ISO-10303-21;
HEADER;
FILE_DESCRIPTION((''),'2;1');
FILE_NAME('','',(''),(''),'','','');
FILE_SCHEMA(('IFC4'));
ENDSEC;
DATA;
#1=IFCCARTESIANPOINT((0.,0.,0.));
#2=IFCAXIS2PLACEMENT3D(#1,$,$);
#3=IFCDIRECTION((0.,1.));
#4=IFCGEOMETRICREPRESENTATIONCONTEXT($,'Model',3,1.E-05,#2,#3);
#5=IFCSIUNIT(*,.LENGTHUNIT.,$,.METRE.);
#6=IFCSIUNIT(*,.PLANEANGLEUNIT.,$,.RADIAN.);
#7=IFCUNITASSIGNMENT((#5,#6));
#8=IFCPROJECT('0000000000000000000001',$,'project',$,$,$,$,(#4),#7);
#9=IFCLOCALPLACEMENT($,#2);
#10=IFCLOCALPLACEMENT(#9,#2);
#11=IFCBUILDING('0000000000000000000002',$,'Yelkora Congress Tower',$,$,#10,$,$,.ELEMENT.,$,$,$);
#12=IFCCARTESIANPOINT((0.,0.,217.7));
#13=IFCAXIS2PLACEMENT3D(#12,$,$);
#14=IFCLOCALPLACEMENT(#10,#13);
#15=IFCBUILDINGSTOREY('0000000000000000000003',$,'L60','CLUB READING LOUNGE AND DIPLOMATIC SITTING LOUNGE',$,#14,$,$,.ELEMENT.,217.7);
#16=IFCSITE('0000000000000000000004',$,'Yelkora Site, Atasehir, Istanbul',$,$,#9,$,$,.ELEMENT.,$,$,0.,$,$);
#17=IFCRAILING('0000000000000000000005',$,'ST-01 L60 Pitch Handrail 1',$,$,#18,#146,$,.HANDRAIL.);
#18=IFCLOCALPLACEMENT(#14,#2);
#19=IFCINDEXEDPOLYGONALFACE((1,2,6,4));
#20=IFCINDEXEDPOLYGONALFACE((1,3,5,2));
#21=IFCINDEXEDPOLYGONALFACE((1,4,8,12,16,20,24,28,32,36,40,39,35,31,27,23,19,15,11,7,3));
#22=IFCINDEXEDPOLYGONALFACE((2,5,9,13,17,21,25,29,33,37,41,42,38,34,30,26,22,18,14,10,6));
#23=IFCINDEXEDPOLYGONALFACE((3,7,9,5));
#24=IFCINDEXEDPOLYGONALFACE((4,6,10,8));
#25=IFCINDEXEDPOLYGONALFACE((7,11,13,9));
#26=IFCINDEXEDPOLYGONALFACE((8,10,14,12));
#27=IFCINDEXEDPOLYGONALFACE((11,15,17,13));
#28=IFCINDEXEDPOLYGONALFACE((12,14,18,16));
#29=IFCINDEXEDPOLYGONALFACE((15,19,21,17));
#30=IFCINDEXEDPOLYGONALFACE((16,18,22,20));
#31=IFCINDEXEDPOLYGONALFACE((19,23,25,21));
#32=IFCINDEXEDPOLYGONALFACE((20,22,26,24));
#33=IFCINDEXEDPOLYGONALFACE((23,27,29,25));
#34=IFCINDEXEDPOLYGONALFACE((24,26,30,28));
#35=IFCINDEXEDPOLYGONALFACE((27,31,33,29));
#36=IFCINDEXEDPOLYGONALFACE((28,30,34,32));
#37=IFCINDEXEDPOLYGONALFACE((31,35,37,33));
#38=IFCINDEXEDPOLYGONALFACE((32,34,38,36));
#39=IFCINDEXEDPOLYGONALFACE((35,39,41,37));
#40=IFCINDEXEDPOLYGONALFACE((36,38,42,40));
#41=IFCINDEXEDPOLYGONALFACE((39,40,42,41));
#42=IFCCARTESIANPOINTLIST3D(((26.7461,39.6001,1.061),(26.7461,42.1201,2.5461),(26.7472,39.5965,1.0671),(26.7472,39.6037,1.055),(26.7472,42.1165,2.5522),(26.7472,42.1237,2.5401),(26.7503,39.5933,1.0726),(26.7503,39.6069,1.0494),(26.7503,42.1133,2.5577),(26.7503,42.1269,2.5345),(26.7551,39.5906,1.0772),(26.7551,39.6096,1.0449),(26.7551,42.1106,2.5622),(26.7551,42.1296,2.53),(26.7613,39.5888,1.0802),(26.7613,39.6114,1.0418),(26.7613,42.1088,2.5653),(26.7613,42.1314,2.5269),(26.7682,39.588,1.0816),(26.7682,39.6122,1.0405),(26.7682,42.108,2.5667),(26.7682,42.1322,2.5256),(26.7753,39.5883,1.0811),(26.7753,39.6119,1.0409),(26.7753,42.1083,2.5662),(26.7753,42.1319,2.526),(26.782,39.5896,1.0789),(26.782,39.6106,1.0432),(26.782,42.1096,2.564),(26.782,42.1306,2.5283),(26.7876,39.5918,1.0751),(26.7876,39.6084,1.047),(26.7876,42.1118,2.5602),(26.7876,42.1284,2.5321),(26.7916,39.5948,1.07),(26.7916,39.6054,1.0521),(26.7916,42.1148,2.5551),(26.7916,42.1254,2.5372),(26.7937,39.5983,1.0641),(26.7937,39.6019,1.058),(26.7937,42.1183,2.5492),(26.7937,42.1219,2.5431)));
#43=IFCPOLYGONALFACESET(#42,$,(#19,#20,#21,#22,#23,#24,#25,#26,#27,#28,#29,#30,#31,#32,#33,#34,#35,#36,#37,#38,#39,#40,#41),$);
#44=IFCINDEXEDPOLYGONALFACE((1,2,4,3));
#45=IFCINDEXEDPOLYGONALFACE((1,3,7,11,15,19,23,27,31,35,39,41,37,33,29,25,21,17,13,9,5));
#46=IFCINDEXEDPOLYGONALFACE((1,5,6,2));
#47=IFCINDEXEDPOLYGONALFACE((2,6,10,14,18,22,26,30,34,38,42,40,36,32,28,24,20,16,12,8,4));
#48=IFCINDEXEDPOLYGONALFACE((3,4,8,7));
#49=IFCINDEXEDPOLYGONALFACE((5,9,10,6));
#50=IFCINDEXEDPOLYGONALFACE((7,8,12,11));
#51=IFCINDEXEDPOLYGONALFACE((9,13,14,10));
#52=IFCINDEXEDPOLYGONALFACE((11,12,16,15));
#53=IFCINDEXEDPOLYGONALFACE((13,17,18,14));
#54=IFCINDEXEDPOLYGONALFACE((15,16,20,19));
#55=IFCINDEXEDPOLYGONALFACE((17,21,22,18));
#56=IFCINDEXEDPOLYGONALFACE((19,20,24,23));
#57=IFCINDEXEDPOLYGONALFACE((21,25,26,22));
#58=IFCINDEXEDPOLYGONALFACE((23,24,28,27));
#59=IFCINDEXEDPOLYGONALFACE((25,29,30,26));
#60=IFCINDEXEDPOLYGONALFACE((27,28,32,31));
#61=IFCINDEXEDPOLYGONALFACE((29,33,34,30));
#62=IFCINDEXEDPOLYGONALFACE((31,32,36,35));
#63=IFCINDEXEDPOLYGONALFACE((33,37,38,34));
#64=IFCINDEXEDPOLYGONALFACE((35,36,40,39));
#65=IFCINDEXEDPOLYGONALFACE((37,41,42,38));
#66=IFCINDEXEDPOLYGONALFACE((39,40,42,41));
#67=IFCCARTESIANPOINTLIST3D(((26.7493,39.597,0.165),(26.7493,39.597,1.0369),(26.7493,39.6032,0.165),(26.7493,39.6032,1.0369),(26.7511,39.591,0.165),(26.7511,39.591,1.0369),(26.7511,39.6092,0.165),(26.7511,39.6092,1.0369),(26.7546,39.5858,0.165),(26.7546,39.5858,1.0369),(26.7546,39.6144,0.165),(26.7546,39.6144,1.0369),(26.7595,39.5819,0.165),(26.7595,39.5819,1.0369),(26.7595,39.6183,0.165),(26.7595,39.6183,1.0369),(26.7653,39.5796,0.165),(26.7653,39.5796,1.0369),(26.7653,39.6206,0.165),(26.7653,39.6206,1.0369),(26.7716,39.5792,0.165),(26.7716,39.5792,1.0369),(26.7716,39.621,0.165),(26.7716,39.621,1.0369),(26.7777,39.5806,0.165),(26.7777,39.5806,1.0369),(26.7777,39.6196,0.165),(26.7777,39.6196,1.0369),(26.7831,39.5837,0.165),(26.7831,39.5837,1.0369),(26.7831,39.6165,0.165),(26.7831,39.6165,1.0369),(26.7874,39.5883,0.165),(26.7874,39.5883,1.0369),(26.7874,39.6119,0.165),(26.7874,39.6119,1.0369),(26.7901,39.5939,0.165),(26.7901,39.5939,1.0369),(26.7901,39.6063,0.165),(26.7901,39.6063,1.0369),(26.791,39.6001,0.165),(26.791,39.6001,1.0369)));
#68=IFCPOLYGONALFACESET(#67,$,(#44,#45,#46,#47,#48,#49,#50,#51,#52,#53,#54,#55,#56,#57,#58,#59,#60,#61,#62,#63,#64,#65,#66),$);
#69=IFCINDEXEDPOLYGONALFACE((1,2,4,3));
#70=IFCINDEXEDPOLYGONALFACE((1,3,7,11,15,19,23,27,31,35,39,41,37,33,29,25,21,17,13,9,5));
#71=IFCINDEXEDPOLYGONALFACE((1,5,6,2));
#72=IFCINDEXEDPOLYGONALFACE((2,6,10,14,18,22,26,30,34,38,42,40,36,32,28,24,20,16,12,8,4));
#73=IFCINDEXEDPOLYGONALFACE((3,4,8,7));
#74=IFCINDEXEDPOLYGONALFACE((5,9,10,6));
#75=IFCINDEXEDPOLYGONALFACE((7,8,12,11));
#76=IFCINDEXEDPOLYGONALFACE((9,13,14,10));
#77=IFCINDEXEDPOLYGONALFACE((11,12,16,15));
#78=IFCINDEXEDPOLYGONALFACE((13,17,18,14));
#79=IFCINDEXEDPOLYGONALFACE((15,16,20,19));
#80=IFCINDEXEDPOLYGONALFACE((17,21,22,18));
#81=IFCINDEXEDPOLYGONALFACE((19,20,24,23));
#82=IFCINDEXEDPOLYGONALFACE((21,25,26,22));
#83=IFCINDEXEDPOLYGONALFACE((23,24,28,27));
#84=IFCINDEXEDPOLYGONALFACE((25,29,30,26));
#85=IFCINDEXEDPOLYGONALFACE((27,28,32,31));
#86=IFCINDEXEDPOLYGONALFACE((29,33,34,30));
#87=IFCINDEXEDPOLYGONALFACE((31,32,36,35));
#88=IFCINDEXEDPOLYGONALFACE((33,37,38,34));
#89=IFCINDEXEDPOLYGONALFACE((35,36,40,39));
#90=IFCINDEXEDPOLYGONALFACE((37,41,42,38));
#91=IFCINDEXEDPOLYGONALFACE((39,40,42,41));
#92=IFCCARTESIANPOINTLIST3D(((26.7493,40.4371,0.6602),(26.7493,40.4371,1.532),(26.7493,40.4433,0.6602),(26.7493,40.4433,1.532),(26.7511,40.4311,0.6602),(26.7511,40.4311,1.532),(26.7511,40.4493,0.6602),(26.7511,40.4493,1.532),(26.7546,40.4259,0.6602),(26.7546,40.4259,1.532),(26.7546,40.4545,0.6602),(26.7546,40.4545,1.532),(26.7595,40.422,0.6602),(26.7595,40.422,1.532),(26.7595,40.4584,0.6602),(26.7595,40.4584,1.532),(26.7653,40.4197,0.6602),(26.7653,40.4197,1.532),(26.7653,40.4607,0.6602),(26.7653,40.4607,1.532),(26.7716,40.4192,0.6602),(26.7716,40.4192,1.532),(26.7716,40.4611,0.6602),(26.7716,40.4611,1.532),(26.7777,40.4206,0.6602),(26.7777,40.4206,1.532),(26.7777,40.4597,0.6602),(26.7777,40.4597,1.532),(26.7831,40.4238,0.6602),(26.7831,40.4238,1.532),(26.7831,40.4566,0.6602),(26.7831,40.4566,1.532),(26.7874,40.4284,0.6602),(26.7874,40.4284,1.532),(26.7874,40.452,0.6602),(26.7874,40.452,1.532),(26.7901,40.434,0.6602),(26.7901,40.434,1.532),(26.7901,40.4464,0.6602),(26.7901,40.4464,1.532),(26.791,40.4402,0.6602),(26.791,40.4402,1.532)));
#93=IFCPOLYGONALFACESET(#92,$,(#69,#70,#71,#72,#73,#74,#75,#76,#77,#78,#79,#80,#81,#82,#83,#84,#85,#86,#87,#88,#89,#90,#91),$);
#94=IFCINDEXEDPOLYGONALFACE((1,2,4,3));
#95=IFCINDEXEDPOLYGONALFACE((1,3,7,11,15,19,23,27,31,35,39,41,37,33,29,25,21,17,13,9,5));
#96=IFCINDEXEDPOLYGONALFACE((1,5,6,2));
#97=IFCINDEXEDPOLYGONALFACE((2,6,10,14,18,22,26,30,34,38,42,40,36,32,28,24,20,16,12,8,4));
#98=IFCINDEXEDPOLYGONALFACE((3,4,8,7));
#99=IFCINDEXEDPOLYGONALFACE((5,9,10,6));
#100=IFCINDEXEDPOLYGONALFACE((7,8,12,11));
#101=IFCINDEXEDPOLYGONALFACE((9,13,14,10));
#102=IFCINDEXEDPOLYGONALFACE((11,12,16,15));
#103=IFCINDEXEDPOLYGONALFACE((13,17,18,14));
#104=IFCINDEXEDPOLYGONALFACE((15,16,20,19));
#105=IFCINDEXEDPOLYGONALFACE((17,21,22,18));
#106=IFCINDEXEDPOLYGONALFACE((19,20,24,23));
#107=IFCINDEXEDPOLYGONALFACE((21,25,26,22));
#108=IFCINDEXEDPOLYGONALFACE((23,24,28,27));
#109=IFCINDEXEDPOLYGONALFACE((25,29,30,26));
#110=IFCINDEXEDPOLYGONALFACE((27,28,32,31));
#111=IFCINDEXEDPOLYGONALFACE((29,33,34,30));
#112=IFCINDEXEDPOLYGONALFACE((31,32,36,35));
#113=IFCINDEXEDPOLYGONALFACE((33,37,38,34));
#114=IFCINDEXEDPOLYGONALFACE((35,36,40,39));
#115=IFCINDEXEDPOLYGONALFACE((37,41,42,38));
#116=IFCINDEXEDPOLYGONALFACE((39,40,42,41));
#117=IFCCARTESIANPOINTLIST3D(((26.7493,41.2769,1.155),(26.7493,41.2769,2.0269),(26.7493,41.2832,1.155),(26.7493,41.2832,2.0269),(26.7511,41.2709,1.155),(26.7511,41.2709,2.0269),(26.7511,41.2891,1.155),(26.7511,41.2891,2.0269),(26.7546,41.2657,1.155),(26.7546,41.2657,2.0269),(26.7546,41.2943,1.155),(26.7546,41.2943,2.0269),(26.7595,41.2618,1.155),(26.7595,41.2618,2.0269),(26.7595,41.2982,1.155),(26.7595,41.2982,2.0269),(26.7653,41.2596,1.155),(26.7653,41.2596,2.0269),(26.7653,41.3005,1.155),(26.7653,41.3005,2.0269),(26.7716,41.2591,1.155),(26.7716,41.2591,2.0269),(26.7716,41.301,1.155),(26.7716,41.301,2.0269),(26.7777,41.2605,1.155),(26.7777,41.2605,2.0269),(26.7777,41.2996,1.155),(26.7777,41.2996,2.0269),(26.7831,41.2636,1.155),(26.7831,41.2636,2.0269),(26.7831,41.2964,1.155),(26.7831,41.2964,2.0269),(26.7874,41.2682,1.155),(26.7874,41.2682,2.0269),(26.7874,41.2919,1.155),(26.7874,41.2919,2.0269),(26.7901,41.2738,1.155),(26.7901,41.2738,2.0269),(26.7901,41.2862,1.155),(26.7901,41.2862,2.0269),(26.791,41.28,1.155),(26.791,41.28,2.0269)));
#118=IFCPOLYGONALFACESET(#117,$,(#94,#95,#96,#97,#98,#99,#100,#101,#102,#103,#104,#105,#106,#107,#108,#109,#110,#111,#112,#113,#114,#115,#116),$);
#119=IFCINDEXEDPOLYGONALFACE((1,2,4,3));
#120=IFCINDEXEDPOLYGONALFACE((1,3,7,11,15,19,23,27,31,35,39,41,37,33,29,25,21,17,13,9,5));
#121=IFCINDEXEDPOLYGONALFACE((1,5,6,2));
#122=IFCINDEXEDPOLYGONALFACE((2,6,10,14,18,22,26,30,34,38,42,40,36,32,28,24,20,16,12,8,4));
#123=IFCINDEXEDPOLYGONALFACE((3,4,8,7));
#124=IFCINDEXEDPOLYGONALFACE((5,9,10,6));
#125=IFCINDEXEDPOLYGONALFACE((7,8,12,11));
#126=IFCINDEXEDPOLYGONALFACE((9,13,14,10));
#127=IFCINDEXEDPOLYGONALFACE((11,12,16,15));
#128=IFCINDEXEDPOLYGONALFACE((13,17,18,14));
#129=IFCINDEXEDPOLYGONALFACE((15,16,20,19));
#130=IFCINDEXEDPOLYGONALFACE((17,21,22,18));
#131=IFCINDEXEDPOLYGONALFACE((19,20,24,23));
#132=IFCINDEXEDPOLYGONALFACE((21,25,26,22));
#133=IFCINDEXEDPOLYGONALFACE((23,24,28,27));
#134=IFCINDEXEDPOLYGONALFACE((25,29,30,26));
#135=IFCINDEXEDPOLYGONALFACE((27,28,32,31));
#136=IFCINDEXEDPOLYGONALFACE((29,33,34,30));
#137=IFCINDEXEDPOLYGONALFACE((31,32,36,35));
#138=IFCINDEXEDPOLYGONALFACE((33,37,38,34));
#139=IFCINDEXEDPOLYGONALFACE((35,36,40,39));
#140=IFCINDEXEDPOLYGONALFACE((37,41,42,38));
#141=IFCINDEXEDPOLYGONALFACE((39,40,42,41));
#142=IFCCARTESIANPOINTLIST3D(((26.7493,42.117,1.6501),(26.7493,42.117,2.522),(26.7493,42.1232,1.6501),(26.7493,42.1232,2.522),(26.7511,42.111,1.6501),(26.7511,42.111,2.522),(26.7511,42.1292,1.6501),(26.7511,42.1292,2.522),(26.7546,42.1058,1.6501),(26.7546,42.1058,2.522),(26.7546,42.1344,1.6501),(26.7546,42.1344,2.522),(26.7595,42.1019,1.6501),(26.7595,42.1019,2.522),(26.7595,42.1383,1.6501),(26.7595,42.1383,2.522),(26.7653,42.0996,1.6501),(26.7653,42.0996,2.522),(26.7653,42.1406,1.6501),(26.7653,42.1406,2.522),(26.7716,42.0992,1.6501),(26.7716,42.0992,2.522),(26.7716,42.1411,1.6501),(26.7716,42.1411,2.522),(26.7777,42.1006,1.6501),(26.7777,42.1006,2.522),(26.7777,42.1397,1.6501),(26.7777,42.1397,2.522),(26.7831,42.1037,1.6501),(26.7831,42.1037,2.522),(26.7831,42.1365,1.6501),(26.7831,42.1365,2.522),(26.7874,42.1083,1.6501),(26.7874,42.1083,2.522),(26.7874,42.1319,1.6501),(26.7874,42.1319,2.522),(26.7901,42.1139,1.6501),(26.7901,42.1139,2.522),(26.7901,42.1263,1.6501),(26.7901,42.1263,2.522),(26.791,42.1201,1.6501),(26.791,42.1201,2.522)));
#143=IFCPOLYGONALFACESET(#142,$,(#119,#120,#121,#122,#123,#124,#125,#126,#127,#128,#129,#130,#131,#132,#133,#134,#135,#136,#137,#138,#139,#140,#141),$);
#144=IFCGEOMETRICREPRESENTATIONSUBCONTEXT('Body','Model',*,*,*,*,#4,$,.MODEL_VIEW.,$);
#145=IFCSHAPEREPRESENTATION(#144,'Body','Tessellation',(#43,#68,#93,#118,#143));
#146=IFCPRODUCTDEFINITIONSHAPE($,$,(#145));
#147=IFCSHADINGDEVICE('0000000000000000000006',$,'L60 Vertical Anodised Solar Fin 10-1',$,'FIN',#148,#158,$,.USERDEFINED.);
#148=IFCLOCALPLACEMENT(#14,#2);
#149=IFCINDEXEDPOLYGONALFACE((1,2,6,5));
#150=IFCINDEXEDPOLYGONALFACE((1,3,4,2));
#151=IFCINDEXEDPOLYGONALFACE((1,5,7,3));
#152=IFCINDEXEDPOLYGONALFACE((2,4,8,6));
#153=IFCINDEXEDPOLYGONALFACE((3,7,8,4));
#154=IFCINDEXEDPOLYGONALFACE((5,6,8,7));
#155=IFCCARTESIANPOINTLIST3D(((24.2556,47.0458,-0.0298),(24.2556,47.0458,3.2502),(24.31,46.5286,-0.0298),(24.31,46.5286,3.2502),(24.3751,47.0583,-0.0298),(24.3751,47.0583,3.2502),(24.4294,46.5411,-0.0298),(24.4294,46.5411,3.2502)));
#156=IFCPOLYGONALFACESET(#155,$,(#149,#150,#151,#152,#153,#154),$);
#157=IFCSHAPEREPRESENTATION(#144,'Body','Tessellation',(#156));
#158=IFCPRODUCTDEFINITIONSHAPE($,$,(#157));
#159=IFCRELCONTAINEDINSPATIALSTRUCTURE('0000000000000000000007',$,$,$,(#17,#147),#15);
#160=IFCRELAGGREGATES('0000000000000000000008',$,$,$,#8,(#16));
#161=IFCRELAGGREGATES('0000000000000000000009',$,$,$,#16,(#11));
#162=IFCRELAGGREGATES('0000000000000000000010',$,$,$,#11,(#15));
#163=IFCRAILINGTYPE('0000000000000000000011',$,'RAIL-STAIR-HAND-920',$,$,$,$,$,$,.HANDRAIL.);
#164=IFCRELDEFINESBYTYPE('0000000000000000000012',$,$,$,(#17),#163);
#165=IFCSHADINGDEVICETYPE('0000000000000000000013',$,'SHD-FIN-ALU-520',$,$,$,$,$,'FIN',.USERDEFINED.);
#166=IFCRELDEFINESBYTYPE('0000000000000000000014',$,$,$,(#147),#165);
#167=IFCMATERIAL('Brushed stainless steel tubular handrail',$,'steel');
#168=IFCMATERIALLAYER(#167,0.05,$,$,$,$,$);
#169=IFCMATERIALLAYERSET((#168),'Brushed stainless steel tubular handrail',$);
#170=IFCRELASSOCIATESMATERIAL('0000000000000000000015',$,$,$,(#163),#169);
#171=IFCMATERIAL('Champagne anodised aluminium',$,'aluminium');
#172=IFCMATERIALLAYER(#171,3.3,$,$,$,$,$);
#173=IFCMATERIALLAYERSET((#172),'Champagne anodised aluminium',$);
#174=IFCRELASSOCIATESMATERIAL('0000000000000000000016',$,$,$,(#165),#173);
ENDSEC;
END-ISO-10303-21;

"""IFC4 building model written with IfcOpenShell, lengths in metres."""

from ifc_helpers import new_model, si_unit, direction, frame, origin, origin_2d, place, context, subcontext, project, spatial, rectangle, circle, extrude, material, layer, layer_set, type_object, element, save


model = new_model("IFC4")

# Units and contexts
model_context = context("Model", 3, precision=1e-05, world=origin(), true_north=direction((0.0, 1.0)))
body_context = subcontext(model_context, "Body", "Model", "MODEL_VIEW")
ifc_project = project(units=[si_unit("LENGTHUNIT", "METRE"), si_unit("PLANEANGLEUNIT", "RADIAN")], contexts=[model_context])

# Site, building, storey
site_placement = place(None, origin())
site = spatial("IfcSite", under=ifc_project, at=site_placement, Name="Yelkora Site, Atasehir, Istanbul", CompositionType="ELEMENT", RefElevation=0.0)
building_placement = place(site_placement, origin())
building = spatial("IfcBuilding", under=site, at=building_placement, Name="Yelkora Congress Tower", CompositionType="ELEMENT")
storey_placement = place(building_placement, frame((0.0, 0.0, 217.7)))
storey = spatial("IfcBuildingStorey", under=building, at=storey_placement, Name="L60", Description="CLUB READING LOUNGE AND DIPLOMATIC SITTING LOUNGE", CompositionType="ELEMENT", Elevation=217.7)

# Railing
ifc_material_1 = material(Name="Brushed stainless steel tubular handrail", Category="steel")
ifc_layer_1 = layer(ifc_material_1, 0.05)
ifc_layer_set_1 = layer_set([ifc_layer_1], Name="Brushed stainless steel tubular handrail")
railing_type_1 = type_object("IfcRailingType", Name="RAIL-STAIR-HAND-920", PredefinedType="HANDRAIL", material=ifc_layer_set_1)
railing_1_placement = place(storey_placement, frame((26.77, 39.6001, 0.165)))
element("IfcRailing", 1, at=railing_1_placement, inside=storey, type_object=railing_type_1, Name="ST-01 L60 Pitch Handrail 1", PredefinedType="HANDRAIL", context=body_context, shape_type="SweptSolid", body=[
    extrude(circle(Radius=0.0239, at=origin_2d()), frame((0.0, 0.0, 0.896), z_axis=(0.0, 0.861524, 0.507717), x_axis=(-1.0, 0.0, 0.0)), (0.0, 0.0, 1.0), 2.925),
    extrude(circle(Radius=0.021, at=origin_2d()), origin(), (0.0, 0.0, 1.0), 0.8718),
    extrude(circle(Radius=0.021, at=origin_2d()), frame((0.0, 0.8401, 0.4951)), (0.0, 0.0, 1.0), 0.8718),
    extrude(circle(Radius=0.021, at=origin_2d()), frame((0.0, 1.6799, 0.99)), (0.0, 0.0, 1.0), 0.8718),
    extrude(circle(Radius=0.021, at=origin_2d()), frame((0.0, 2.52, 1.4851)), (0.0, 0.0, 1.0), 0.8718),
])

# Shading device
ifc_material_2 = material(Name="Champagne anodised aluminium", Category="aluminium")
ifc_layer_2 = layer(ifc_material_2, 3.3)
ifc_layer_set_2 = layer_set([ifc_layer_2], Name="Champagne anodised aluminium")
shading_device_type = type_object("IfcShadingDeviceType", Name="SHD-FIN-ALU-520", ElementType="FIN", PredefinedType="USERDEFINED", material=ifc_layer_set_2)
shading_device_placement = place(storey_placement, frame((24.3425, 46.7935, -0.0298), z_axis=(0.0, 0.0, 1.0), x_axis=(0.994522, 0.104528, 0.0)))
element("IfcShadingDevice", 2, at=shading_device_placement, inside=storey, type_object=shading_device_type, Name="L60 Vertical Anodised Solar Fin 10-1", ObjectType="FIN", PredefinedType="USERDEFINED", context=body_context, shape_type="SweptSolid", body=[
    extrude(rectangle(XDim=0.1201, YDim=0.52, at=origin_2d()), origin(), (0.0, 0.0, 1.0), 3.28),
])

save(model, "model.ifc")
